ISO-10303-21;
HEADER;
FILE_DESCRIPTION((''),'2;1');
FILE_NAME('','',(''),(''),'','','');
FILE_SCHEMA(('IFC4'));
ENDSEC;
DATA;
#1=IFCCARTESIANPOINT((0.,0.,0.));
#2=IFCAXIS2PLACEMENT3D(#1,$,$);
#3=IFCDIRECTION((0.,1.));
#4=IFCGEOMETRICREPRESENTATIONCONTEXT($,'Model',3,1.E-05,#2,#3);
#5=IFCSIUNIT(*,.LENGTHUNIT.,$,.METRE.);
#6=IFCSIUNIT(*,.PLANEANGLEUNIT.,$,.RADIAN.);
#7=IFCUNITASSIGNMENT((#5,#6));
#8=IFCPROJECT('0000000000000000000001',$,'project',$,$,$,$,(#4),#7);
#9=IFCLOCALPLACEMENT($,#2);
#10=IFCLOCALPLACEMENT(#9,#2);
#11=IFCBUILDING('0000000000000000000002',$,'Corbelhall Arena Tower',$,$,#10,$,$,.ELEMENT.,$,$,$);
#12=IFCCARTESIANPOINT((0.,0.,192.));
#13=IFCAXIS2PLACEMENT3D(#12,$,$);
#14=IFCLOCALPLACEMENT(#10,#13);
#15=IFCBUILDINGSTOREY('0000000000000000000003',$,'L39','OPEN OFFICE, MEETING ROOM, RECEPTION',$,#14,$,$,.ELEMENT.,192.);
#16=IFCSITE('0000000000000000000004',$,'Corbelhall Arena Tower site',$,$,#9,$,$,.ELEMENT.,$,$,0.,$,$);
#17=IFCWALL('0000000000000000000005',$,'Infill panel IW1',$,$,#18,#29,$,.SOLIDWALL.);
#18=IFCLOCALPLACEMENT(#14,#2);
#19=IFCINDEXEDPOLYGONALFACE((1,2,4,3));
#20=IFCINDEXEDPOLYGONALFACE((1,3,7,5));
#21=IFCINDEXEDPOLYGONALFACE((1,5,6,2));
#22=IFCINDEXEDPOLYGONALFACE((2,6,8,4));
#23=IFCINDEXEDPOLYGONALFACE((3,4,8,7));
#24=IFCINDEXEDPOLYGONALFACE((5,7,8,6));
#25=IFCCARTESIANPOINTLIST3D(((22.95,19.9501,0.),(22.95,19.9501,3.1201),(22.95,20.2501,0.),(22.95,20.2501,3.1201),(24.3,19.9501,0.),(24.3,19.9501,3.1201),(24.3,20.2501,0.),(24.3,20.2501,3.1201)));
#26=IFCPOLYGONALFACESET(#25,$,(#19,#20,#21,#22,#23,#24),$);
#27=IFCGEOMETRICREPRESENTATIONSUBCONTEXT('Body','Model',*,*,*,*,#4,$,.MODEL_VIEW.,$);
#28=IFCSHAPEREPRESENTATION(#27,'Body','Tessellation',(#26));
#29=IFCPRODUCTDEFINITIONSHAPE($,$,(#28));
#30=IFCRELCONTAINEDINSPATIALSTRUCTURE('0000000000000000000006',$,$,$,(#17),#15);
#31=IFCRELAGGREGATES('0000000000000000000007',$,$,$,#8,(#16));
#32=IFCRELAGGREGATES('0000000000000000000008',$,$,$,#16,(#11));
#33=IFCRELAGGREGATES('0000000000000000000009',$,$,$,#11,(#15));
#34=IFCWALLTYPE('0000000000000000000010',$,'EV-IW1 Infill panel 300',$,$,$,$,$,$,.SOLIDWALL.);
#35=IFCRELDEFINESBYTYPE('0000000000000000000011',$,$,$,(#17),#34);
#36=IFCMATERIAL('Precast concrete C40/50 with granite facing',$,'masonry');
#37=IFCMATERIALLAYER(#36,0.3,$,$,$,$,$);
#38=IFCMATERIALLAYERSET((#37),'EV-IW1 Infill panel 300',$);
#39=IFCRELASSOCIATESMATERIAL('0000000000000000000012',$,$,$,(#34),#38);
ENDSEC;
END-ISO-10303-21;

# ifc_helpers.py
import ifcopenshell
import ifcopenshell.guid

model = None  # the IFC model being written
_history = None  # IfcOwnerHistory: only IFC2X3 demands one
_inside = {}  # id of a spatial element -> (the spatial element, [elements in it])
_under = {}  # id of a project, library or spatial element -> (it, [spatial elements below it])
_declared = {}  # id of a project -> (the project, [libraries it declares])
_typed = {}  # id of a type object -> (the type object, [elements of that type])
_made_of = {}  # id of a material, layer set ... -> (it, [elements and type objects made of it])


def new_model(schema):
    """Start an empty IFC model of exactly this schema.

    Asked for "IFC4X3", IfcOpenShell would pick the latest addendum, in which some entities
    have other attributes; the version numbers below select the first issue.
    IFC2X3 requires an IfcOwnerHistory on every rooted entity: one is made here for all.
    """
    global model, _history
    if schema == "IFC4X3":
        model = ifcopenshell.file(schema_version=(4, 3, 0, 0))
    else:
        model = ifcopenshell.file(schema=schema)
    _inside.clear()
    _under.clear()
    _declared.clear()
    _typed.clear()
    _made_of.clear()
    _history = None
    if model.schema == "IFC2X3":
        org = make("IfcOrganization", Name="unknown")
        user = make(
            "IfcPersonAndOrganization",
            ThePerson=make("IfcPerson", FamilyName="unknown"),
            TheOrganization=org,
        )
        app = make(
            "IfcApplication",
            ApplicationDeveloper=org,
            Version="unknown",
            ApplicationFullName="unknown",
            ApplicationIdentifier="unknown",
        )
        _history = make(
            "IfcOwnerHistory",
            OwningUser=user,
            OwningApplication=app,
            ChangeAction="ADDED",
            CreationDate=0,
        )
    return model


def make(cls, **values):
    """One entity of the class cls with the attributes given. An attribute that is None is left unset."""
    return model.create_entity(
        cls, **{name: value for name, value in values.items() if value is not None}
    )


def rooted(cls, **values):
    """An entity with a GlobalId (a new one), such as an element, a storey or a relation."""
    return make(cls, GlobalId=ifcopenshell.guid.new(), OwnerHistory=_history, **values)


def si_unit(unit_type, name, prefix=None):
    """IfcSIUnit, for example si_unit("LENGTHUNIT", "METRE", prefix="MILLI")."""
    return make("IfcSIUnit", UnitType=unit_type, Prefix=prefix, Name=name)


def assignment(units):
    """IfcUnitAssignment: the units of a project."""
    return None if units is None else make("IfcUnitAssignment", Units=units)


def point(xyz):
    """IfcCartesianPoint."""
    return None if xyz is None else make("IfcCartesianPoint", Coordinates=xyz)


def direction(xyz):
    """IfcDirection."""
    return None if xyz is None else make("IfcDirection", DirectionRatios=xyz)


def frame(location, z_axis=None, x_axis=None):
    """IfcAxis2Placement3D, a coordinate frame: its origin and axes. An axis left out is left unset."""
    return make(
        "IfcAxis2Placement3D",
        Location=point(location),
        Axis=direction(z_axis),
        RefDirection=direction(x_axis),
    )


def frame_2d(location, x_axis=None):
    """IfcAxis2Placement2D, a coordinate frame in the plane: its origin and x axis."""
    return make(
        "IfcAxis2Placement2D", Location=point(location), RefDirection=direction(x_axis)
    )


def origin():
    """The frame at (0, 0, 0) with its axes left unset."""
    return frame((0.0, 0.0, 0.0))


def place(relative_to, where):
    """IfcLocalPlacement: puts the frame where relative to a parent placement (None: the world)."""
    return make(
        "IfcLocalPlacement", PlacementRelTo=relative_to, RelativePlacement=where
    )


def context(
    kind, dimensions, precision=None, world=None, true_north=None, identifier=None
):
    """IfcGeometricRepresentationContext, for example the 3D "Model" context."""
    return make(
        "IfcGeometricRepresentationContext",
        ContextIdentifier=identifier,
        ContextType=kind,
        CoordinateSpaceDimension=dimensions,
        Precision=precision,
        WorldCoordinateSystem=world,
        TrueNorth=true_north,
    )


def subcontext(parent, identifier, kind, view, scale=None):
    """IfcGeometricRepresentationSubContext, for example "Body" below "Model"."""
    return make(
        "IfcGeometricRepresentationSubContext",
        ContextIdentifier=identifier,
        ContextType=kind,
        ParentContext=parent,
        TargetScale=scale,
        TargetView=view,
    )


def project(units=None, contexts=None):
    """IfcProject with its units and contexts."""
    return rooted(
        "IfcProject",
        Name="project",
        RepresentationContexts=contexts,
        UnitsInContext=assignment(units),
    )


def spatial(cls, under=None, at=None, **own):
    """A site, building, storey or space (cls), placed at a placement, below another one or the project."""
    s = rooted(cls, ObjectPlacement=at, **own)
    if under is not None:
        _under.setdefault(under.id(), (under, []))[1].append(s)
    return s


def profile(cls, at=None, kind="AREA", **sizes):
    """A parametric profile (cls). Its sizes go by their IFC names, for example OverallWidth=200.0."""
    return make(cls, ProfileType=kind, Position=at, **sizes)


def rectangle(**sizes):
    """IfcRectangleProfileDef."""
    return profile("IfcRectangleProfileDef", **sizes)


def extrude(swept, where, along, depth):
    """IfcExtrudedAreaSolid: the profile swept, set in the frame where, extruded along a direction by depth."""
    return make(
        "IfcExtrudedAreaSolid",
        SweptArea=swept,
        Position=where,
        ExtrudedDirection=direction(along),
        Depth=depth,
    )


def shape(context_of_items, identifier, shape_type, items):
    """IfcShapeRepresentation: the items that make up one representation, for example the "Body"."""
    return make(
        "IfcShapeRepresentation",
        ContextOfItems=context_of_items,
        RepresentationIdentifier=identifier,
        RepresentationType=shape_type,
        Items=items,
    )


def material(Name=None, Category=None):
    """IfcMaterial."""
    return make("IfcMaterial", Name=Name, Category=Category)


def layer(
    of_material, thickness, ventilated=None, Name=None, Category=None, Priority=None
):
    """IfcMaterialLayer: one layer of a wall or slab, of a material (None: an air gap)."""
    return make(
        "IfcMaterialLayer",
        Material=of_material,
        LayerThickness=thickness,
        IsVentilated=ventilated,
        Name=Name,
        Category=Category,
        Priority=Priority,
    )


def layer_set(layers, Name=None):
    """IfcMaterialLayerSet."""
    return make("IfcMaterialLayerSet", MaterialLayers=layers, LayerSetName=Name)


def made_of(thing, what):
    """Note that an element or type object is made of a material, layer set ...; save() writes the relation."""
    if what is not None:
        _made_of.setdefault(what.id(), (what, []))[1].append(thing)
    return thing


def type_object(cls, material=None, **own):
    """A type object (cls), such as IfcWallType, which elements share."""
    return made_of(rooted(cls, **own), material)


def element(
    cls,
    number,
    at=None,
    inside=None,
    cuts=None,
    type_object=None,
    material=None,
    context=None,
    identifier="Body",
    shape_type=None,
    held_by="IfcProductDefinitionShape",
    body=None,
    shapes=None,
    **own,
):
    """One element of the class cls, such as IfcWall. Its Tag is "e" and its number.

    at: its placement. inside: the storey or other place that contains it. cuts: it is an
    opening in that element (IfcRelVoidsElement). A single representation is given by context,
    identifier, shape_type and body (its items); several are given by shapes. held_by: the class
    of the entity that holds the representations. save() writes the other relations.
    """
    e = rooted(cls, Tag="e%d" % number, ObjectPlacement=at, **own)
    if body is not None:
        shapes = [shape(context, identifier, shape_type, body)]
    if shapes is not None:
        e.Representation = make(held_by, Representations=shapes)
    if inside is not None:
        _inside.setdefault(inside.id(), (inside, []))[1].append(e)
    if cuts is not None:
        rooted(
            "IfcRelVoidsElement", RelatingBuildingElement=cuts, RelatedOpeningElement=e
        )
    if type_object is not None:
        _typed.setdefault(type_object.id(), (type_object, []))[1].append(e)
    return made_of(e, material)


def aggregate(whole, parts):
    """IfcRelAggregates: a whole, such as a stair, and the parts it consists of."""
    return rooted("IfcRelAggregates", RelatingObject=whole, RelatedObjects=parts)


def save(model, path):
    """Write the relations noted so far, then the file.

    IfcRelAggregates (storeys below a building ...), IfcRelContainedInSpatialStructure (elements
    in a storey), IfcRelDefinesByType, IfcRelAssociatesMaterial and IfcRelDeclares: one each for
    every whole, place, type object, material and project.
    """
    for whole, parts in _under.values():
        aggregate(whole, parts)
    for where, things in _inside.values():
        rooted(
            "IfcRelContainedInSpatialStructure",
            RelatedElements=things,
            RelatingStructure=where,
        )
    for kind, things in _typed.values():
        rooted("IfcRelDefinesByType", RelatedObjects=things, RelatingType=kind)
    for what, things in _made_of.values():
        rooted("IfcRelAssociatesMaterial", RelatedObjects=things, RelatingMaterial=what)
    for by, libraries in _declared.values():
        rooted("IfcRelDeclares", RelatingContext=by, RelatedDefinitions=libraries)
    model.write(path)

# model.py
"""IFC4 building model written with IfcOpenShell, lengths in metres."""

from ifc_helpers import new_model, si_unit, direction, frame, frame_2d, origin, place, context, subcontext, project, spatial, rectangle, extrude, material, layer, layer_set, type_object, element, save


model = new_model("IFC4")

# Units and contexts
model_context = context("Model", 3, precision=1e-05, world=origin(), true_north=direction((0.0, 1.0)))
body_context = subcontext(model_context, "Body", "Model", "MODEL_VIEW")
ifc_project = project(units=[si_unit("LENGTHUNIT", "METRE"), si_unit("PLANEANGLEUNIT", "RADIAN")], contexts=[model_context])

# Site, building, storey
site_placement = place(None, origin())
site = spatial("IfcSite", under=ifc_project, at=site_placement, Name="Corbelhall Arena Tower site", CompositionType="ELEMENT", RefElevation=0.0)
building_placement = place(site_placement, origin())
building = spatial("IfcBuilding", under=site, at=building_placement, Name="Corbelhall Arena Tower", CompositionType="ELEMENT")
storey_placement = place(building_placement, frame((0.0, 0.0, 192.0)))
storey = spatial("IfcBuildingStorey", under=building, at=storey_placement, Name="L39", Description="OPEN OFFICE, MEETING ROOM, RECEPTION", CompositionType="ELEMENT", Elevation=192.0)

# Wall
ifc_material_1 = material(Name="Precast concrete C40/50 with granite facing", Category="masonry")
ifc_layer = layer(ifc_material_1, 0.3)
ifc_layer_set = layer_set([ifc_layer], Name="EV-IW1 Infill panel 300")
wall_type = type_object("IfcWallType", Name="EV-IW1 Infill panel 300", PredefinedType="SOLIDWALL", material=ifc_layer_set)
wall_1_placement = place(storey_placement, frame((24.3, 20.1001, 0.0), z_axis=(0.0, 0.0, 1.0), x_axis=(-1.0, 0.0, 0.0)))
element("IfcWall", 1, at=wall_1_placement, inside=storey, type_object=wall_type, Name="Infill panel IW1", PredefinedType="SOLIDWALL", context=body_context, shape_type="SweptSolid", body=[
    extrude(rectangle(XDim=1.3501, YDim=0.3, at=frame_2d((0.675, 0.0))), origin(), (0.0, 0.0, 1.0), 3.1201),
])

save(model, "model.ifc")
